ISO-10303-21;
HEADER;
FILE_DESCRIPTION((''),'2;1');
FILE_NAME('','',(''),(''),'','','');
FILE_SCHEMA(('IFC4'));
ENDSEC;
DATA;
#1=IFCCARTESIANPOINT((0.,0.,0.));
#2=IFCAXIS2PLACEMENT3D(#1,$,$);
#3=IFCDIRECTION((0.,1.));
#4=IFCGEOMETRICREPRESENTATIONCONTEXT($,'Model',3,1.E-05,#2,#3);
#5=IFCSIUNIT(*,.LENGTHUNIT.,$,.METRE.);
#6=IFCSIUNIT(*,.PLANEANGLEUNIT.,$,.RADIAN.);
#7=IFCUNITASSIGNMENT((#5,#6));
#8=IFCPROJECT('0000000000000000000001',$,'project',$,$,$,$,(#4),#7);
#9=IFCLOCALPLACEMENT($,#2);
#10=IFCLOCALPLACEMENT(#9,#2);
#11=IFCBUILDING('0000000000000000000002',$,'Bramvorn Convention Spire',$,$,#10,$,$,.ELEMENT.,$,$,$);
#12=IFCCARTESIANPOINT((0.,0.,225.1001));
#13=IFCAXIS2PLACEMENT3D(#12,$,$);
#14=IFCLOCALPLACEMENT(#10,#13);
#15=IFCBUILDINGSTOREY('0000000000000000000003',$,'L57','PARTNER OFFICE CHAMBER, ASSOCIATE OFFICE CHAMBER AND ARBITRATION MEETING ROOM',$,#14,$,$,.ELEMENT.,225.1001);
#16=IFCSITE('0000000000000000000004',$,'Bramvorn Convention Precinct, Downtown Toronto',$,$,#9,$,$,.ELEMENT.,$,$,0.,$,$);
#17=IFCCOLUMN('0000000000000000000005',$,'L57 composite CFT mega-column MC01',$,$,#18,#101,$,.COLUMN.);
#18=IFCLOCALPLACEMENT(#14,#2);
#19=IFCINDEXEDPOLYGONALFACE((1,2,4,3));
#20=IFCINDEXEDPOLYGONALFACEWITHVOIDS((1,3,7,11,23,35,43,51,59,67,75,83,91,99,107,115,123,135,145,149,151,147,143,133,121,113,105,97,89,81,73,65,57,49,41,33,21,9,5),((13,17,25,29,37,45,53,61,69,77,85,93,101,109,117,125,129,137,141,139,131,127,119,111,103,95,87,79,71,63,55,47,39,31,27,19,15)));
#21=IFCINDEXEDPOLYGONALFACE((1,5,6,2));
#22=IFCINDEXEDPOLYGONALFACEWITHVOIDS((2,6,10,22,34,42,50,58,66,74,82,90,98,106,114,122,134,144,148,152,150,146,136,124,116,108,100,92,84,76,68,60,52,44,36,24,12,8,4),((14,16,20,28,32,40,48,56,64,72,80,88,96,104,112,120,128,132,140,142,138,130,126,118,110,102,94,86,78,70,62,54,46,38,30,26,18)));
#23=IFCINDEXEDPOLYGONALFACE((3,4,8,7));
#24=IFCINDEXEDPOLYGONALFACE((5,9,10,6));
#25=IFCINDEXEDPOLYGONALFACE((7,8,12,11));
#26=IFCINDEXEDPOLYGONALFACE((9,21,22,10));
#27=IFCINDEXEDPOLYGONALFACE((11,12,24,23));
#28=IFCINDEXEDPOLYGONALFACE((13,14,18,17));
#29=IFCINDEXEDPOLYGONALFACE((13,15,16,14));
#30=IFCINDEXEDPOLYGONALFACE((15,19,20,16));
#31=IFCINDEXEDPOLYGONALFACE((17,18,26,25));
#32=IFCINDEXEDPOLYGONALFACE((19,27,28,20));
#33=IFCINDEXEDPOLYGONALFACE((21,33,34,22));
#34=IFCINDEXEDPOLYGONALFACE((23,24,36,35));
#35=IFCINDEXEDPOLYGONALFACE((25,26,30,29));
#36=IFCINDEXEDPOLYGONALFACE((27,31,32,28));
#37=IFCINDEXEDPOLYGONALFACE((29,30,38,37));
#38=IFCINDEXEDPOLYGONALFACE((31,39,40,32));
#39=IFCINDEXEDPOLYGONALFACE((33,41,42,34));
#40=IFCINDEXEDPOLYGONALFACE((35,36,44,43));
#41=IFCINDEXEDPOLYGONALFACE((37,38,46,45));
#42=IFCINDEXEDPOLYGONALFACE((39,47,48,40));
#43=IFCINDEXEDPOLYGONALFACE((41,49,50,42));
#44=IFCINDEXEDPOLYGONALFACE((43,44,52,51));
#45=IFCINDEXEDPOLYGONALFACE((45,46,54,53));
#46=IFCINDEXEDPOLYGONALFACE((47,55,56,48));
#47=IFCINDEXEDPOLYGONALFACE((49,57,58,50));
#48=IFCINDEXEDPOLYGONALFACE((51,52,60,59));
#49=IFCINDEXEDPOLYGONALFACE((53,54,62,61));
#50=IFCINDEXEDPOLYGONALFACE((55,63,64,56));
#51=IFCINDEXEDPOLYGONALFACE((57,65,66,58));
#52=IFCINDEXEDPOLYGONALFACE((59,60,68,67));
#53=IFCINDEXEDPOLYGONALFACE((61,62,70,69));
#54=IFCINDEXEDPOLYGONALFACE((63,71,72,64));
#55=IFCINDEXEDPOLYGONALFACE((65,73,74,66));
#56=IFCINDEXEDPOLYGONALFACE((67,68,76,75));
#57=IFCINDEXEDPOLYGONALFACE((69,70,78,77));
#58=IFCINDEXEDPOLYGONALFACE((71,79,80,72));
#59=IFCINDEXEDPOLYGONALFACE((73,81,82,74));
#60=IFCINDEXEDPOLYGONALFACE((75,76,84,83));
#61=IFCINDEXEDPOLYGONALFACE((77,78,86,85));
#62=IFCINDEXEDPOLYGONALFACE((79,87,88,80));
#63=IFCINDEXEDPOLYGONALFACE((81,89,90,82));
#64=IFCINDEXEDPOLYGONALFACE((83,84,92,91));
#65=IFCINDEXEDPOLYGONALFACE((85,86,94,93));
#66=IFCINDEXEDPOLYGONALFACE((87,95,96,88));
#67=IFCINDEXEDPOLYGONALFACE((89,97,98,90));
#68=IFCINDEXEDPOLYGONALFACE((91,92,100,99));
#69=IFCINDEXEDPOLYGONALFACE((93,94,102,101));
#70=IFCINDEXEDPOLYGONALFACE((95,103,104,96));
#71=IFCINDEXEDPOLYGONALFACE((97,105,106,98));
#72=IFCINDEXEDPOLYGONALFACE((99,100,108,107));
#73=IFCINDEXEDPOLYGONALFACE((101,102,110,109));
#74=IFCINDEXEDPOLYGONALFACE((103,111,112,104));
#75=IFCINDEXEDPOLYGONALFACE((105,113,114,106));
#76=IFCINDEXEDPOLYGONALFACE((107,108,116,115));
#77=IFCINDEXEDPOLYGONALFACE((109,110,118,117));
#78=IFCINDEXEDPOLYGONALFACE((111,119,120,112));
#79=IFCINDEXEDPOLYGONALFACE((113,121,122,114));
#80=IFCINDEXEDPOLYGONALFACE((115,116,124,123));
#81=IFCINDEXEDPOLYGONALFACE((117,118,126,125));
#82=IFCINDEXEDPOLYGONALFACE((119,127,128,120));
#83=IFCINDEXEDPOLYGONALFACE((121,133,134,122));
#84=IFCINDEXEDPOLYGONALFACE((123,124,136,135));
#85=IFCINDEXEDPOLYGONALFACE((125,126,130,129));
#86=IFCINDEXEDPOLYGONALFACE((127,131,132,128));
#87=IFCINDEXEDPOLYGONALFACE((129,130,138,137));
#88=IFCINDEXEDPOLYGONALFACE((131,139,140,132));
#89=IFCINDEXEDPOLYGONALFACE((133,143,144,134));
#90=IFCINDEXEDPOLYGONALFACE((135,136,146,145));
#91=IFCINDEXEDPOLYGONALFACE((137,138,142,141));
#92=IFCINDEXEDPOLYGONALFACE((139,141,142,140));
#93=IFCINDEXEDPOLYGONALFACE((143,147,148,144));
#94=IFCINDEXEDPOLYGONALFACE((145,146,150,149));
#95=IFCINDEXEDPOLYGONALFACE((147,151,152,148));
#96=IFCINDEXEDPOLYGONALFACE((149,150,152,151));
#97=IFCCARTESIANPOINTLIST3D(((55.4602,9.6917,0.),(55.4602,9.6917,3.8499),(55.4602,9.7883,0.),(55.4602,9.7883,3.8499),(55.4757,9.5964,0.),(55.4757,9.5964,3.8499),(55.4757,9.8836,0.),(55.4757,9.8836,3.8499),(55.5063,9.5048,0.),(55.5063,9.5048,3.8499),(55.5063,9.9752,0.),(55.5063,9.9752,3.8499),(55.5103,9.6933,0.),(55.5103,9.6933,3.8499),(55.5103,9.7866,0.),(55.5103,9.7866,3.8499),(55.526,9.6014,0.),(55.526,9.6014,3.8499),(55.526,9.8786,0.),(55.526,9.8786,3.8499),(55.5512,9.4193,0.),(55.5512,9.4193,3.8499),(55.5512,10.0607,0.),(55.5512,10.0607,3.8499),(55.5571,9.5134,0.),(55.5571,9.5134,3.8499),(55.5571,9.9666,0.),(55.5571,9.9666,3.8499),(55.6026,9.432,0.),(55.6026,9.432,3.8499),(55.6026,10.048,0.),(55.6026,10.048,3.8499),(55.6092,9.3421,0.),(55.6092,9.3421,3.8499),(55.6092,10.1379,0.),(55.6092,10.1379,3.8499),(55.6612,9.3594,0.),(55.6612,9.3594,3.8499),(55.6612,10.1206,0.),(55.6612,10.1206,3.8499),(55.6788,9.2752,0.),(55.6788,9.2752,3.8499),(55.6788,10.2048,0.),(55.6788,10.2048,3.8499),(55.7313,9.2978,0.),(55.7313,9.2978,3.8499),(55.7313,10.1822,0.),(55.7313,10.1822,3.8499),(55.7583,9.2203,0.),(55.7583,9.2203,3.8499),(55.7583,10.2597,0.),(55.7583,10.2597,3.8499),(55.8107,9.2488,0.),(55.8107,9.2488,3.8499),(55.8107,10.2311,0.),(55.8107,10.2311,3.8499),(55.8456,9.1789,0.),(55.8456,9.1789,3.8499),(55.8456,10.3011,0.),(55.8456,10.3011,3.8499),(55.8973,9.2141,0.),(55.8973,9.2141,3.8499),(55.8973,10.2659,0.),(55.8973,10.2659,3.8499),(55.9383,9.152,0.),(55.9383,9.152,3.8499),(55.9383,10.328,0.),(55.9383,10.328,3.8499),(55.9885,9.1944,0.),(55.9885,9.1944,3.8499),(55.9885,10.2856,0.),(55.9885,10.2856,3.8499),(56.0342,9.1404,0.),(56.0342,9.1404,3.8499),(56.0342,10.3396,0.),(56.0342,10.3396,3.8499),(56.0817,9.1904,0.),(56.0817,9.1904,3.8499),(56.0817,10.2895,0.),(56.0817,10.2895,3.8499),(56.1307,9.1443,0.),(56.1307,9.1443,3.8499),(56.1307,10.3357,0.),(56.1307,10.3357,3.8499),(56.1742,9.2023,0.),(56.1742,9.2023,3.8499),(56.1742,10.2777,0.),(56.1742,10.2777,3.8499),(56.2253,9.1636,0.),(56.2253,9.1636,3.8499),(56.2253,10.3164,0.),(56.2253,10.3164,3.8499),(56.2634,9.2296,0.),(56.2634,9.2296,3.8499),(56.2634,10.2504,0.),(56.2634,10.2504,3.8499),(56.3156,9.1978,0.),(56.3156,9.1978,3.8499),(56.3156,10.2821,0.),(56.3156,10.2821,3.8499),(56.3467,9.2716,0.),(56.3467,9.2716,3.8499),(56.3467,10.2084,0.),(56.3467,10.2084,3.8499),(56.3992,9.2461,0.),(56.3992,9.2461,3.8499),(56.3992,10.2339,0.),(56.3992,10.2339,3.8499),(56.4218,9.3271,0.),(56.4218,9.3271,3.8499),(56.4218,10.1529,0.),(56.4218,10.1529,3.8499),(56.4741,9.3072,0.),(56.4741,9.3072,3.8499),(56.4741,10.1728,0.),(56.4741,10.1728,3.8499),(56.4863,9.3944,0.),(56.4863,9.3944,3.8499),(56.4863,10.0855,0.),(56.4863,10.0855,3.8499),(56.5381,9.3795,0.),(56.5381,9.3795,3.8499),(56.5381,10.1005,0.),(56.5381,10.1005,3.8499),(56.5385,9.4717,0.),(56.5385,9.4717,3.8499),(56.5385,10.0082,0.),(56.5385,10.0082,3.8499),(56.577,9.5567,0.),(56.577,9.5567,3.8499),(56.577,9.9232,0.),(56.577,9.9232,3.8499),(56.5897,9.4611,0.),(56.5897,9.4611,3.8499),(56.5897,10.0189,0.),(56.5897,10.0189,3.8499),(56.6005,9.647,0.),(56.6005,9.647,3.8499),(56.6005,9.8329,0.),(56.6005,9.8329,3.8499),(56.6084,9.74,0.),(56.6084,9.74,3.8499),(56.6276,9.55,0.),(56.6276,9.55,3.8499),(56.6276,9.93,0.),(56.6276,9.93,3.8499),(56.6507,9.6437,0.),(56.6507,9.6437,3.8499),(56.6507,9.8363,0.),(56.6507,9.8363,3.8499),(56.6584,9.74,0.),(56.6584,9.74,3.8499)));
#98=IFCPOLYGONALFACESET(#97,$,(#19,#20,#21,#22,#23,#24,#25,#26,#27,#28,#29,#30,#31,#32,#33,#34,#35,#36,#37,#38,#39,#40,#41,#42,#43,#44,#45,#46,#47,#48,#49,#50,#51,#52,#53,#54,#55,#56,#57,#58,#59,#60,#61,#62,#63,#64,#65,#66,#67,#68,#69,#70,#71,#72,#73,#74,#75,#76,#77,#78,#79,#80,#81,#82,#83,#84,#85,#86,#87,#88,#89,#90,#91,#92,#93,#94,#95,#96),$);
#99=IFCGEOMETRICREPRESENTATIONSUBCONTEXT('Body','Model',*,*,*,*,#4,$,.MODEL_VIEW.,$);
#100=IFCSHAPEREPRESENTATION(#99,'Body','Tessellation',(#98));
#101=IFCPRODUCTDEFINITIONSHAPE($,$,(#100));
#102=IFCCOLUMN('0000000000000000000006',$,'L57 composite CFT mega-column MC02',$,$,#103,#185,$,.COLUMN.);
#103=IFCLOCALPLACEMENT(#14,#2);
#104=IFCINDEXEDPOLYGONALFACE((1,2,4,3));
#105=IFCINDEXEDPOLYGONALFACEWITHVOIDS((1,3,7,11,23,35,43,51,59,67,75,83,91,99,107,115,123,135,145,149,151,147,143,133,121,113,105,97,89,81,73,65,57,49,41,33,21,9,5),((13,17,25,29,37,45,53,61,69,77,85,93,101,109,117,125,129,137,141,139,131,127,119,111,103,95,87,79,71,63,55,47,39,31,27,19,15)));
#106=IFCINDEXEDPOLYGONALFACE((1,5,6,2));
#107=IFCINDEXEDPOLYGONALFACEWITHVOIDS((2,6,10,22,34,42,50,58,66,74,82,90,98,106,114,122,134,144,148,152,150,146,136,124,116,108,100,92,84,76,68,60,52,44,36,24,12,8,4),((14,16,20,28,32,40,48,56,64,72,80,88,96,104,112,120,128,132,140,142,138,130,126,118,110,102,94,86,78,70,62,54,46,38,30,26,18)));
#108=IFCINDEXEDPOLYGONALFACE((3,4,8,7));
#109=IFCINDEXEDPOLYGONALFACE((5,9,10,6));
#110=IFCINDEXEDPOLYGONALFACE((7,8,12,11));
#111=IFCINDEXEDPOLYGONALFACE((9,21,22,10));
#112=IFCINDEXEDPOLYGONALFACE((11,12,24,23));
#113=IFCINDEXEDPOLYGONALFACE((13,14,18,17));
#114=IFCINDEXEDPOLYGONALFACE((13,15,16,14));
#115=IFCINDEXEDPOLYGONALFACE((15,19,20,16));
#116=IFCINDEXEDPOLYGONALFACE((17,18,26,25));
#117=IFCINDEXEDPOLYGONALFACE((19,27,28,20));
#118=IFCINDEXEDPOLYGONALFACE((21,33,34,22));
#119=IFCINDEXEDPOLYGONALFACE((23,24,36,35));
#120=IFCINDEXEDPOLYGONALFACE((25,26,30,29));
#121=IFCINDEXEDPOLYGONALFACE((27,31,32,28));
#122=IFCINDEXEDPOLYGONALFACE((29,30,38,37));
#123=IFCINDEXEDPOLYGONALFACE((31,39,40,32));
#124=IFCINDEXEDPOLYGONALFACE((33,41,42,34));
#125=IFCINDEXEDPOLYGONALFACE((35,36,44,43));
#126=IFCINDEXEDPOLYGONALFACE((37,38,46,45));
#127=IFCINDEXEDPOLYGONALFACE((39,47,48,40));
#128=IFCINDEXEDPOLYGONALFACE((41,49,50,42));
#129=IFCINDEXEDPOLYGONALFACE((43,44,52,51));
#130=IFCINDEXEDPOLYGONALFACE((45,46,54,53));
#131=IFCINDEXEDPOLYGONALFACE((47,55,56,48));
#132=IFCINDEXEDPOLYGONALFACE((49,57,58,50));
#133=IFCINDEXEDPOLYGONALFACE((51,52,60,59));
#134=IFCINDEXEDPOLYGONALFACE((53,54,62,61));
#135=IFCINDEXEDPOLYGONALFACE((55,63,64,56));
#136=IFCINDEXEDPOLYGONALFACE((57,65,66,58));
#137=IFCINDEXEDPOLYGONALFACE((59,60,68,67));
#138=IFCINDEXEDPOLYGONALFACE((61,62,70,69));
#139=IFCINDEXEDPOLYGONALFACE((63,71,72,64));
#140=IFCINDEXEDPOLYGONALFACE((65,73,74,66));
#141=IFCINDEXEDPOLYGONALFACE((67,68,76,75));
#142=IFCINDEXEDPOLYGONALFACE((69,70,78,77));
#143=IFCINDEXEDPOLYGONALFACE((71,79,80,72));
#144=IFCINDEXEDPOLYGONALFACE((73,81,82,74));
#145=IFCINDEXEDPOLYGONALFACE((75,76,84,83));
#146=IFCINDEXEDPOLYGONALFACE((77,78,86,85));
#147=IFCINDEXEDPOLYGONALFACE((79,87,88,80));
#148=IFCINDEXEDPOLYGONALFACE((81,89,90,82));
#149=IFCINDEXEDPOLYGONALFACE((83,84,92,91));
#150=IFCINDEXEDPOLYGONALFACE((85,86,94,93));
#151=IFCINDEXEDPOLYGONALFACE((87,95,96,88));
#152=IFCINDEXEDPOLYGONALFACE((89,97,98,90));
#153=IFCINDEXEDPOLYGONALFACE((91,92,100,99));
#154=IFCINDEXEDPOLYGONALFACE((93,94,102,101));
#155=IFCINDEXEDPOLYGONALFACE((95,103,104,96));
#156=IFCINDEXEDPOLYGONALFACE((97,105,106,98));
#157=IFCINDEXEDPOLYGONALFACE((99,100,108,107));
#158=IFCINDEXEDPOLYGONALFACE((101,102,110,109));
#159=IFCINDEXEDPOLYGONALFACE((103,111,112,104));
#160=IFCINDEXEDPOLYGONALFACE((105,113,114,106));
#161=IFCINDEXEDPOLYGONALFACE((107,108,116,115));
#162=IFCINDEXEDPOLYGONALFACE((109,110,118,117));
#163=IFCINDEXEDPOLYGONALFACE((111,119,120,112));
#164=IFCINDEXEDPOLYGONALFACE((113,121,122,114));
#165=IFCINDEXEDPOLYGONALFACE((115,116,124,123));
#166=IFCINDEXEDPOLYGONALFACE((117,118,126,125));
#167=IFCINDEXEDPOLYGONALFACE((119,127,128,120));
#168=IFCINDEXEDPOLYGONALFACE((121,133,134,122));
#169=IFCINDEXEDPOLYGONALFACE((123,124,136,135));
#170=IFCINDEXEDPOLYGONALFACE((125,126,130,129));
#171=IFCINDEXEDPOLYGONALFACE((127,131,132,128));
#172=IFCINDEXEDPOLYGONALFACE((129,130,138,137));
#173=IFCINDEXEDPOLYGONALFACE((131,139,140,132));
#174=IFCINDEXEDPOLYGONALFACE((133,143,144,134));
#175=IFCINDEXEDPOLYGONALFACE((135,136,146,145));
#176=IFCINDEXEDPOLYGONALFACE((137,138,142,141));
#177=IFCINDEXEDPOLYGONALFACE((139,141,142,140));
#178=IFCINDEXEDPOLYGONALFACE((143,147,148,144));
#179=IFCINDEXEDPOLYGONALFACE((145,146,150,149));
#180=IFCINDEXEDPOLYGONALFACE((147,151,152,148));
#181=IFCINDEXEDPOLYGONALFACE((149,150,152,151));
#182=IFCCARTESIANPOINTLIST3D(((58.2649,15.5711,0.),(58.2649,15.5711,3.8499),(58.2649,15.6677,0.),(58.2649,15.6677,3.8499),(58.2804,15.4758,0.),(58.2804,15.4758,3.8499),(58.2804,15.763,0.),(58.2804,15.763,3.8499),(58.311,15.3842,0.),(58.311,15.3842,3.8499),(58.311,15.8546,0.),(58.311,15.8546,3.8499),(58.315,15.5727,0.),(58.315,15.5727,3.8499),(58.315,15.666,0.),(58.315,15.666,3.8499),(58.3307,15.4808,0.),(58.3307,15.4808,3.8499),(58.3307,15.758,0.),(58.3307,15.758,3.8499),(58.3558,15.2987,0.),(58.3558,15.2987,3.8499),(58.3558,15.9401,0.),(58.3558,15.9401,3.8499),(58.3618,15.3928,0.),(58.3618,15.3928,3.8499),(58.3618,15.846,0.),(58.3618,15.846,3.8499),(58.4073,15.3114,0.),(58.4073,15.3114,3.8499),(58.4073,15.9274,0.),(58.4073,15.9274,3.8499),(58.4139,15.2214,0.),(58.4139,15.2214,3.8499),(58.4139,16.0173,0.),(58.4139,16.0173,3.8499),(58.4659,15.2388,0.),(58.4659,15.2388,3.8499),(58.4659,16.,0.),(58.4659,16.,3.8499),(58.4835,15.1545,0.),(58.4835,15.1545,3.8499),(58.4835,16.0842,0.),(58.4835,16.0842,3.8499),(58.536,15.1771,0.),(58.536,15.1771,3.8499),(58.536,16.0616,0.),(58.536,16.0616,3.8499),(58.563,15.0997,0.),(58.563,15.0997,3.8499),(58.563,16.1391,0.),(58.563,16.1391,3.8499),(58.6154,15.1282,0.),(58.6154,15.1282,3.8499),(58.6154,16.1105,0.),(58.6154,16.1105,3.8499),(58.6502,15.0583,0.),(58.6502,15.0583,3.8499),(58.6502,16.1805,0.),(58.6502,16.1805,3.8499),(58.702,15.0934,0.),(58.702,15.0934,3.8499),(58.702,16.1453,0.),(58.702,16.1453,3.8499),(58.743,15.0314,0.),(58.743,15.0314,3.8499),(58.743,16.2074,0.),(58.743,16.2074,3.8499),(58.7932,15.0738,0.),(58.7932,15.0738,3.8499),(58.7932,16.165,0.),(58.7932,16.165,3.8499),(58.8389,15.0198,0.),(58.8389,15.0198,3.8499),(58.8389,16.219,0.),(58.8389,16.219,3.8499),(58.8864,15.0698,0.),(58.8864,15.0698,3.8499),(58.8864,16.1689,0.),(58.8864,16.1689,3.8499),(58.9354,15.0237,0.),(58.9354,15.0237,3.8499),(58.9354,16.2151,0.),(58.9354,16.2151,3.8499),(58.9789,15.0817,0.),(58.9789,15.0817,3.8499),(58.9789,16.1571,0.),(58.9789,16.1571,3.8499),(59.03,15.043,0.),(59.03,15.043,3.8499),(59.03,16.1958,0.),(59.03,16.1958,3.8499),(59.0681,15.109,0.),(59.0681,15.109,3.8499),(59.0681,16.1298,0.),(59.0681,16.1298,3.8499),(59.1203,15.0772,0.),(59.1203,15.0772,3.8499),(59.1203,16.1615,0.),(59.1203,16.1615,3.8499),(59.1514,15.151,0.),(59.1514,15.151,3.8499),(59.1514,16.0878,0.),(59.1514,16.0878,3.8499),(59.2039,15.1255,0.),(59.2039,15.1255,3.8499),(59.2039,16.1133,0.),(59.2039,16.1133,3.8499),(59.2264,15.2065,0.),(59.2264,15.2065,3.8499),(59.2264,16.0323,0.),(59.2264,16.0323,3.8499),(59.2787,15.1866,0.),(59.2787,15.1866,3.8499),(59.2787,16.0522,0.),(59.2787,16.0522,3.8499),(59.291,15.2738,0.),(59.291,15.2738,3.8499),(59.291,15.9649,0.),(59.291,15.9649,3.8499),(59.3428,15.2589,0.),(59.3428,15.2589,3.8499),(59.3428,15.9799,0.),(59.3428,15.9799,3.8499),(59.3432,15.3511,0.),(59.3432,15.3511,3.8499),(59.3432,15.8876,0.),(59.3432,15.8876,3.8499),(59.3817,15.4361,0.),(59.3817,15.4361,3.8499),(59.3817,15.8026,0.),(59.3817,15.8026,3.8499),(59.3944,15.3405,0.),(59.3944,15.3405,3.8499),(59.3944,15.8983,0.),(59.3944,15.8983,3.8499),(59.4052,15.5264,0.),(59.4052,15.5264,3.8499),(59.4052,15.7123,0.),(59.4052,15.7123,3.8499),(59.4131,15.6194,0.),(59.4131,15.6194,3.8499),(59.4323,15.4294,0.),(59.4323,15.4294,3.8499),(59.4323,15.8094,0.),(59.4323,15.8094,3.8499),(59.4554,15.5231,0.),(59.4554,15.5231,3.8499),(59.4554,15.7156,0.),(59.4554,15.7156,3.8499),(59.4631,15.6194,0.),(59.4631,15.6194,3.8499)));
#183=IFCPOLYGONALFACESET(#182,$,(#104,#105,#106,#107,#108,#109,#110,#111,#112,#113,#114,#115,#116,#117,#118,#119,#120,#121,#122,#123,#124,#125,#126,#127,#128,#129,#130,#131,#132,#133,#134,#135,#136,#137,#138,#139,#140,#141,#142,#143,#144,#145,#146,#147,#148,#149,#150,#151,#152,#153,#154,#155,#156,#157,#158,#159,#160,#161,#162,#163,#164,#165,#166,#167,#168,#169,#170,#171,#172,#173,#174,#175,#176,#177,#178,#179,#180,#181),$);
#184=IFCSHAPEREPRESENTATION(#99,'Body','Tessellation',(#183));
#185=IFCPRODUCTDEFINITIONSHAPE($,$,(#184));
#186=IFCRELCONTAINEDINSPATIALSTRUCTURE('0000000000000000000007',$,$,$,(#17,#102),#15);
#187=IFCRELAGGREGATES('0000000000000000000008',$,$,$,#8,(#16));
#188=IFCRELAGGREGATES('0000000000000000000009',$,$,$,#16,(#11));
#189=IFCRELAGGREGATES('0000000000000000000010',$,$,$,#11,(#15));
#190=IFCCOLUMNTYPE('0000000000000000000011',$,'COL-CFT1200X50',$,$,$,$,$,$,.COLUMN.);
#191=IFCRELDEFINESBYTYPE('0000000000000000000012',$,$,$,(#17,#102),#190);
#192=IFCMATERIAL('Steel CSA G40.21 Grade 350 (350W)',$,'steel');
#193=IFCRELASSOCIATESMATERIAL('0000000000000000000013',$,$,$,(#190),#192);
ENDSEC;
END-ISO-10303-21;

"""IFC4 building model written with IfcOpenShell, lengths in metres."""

from ifc_helpers import new_model, si_unit, direction, frame, origin, origin_2d, place, context, subcontext, project, spatial, hollow_circle, extrude, material, material_profile, profile_set, type_object, element, save


model = new_model("IFC4")

# Units and contexts
model_context = context("Model", 3, precision=1e-05, world=origin(), true_north=direction((0.0, 1.0)))
body_context = subcontext(model_context, "Body", "Model", "MODEL_VIEW")
ifc_project = project(units=[si_unit("LENGTHUNIT", "METRE"), si_unit("PLANEANGLEUNIT", "RADIAN")], contexts=[model_context])

# Site, building, storey
site_placement = place(None, origin())
site = spatial("IfcSite", under=ifc_project, at=site_placement, Name="Bramvorn Convention Precinct, Downtown Toronto", CompositionType="ELEMENT", RefElevation=0.0)
building_placement = place(site_placement, origin())
building = spatial("IfcBuilding", under=site, at=building_placement, Name="Bramvorn Convention Spire", CompositionType="ELEMENT")
storey_placement = place(building_placement, frame((0.0, 0.0, 225.1001)))
storey = spatial("IfcBuildingStorey", under=building, at=storey_placement, Name="L57", Description="PARTNER OFFICE CHAMBER, ASSOCIATE OFFICE CHAMBER AND ARBITRATION MEETING ROOM", CompositionType="ELEMENT", Elevation=225.1001)

# Columns
ifc_material_1 = material(Name="Steel CSA G40.21 Grade 350 (350W)", Category="steel")
ifc_material_profile_1 = material_profile(ifc_material_1, hollow_circle(Radius=0.6001, WallThickness=0.05, at=origin_2d()))
ifc_profile_set_1 = profile_set([ifc_material_profile_1], Name="Steel CSA G40.21 Grade 350 (350W) - CFT1200X50")
column_type = type_object("IfcColumnType", Name="COL-CFT1200X50", PredefinedType="COLUMN", material=ifc_profile_set_1)
for number, where, z_axis, x_axis, name in (
    (1, (56.0583, 9.74, 0.0), (0.0, 0.0, 1.0), (1.0, 0.0, 0.0), "L57 composite CFT mega-column MC01"),
    (2, (58.863, 15.6194, 0.0), (0.0, 0.0, 1.0), (1.0, 0.0, 0.0), "L57 composite CFT mega-column MC02"),
):
    element("IfcColumn", number, at=place(storey_placement, frame(where, z_axis=z_axis, x_axis=x_axis)), inside=storey, type_object=column_type, Name=name, PredefinedType="COLUMN", context=body_context, shape_type="SweptSolid", body=[
        extrude(hollow_circle(Radius=0.6001, WallThickness=0.05, at=origin_2d()), origin(), (0.0, 0.0, 1.0), 3.8499),
    ])

save(model, "model.ifc")
